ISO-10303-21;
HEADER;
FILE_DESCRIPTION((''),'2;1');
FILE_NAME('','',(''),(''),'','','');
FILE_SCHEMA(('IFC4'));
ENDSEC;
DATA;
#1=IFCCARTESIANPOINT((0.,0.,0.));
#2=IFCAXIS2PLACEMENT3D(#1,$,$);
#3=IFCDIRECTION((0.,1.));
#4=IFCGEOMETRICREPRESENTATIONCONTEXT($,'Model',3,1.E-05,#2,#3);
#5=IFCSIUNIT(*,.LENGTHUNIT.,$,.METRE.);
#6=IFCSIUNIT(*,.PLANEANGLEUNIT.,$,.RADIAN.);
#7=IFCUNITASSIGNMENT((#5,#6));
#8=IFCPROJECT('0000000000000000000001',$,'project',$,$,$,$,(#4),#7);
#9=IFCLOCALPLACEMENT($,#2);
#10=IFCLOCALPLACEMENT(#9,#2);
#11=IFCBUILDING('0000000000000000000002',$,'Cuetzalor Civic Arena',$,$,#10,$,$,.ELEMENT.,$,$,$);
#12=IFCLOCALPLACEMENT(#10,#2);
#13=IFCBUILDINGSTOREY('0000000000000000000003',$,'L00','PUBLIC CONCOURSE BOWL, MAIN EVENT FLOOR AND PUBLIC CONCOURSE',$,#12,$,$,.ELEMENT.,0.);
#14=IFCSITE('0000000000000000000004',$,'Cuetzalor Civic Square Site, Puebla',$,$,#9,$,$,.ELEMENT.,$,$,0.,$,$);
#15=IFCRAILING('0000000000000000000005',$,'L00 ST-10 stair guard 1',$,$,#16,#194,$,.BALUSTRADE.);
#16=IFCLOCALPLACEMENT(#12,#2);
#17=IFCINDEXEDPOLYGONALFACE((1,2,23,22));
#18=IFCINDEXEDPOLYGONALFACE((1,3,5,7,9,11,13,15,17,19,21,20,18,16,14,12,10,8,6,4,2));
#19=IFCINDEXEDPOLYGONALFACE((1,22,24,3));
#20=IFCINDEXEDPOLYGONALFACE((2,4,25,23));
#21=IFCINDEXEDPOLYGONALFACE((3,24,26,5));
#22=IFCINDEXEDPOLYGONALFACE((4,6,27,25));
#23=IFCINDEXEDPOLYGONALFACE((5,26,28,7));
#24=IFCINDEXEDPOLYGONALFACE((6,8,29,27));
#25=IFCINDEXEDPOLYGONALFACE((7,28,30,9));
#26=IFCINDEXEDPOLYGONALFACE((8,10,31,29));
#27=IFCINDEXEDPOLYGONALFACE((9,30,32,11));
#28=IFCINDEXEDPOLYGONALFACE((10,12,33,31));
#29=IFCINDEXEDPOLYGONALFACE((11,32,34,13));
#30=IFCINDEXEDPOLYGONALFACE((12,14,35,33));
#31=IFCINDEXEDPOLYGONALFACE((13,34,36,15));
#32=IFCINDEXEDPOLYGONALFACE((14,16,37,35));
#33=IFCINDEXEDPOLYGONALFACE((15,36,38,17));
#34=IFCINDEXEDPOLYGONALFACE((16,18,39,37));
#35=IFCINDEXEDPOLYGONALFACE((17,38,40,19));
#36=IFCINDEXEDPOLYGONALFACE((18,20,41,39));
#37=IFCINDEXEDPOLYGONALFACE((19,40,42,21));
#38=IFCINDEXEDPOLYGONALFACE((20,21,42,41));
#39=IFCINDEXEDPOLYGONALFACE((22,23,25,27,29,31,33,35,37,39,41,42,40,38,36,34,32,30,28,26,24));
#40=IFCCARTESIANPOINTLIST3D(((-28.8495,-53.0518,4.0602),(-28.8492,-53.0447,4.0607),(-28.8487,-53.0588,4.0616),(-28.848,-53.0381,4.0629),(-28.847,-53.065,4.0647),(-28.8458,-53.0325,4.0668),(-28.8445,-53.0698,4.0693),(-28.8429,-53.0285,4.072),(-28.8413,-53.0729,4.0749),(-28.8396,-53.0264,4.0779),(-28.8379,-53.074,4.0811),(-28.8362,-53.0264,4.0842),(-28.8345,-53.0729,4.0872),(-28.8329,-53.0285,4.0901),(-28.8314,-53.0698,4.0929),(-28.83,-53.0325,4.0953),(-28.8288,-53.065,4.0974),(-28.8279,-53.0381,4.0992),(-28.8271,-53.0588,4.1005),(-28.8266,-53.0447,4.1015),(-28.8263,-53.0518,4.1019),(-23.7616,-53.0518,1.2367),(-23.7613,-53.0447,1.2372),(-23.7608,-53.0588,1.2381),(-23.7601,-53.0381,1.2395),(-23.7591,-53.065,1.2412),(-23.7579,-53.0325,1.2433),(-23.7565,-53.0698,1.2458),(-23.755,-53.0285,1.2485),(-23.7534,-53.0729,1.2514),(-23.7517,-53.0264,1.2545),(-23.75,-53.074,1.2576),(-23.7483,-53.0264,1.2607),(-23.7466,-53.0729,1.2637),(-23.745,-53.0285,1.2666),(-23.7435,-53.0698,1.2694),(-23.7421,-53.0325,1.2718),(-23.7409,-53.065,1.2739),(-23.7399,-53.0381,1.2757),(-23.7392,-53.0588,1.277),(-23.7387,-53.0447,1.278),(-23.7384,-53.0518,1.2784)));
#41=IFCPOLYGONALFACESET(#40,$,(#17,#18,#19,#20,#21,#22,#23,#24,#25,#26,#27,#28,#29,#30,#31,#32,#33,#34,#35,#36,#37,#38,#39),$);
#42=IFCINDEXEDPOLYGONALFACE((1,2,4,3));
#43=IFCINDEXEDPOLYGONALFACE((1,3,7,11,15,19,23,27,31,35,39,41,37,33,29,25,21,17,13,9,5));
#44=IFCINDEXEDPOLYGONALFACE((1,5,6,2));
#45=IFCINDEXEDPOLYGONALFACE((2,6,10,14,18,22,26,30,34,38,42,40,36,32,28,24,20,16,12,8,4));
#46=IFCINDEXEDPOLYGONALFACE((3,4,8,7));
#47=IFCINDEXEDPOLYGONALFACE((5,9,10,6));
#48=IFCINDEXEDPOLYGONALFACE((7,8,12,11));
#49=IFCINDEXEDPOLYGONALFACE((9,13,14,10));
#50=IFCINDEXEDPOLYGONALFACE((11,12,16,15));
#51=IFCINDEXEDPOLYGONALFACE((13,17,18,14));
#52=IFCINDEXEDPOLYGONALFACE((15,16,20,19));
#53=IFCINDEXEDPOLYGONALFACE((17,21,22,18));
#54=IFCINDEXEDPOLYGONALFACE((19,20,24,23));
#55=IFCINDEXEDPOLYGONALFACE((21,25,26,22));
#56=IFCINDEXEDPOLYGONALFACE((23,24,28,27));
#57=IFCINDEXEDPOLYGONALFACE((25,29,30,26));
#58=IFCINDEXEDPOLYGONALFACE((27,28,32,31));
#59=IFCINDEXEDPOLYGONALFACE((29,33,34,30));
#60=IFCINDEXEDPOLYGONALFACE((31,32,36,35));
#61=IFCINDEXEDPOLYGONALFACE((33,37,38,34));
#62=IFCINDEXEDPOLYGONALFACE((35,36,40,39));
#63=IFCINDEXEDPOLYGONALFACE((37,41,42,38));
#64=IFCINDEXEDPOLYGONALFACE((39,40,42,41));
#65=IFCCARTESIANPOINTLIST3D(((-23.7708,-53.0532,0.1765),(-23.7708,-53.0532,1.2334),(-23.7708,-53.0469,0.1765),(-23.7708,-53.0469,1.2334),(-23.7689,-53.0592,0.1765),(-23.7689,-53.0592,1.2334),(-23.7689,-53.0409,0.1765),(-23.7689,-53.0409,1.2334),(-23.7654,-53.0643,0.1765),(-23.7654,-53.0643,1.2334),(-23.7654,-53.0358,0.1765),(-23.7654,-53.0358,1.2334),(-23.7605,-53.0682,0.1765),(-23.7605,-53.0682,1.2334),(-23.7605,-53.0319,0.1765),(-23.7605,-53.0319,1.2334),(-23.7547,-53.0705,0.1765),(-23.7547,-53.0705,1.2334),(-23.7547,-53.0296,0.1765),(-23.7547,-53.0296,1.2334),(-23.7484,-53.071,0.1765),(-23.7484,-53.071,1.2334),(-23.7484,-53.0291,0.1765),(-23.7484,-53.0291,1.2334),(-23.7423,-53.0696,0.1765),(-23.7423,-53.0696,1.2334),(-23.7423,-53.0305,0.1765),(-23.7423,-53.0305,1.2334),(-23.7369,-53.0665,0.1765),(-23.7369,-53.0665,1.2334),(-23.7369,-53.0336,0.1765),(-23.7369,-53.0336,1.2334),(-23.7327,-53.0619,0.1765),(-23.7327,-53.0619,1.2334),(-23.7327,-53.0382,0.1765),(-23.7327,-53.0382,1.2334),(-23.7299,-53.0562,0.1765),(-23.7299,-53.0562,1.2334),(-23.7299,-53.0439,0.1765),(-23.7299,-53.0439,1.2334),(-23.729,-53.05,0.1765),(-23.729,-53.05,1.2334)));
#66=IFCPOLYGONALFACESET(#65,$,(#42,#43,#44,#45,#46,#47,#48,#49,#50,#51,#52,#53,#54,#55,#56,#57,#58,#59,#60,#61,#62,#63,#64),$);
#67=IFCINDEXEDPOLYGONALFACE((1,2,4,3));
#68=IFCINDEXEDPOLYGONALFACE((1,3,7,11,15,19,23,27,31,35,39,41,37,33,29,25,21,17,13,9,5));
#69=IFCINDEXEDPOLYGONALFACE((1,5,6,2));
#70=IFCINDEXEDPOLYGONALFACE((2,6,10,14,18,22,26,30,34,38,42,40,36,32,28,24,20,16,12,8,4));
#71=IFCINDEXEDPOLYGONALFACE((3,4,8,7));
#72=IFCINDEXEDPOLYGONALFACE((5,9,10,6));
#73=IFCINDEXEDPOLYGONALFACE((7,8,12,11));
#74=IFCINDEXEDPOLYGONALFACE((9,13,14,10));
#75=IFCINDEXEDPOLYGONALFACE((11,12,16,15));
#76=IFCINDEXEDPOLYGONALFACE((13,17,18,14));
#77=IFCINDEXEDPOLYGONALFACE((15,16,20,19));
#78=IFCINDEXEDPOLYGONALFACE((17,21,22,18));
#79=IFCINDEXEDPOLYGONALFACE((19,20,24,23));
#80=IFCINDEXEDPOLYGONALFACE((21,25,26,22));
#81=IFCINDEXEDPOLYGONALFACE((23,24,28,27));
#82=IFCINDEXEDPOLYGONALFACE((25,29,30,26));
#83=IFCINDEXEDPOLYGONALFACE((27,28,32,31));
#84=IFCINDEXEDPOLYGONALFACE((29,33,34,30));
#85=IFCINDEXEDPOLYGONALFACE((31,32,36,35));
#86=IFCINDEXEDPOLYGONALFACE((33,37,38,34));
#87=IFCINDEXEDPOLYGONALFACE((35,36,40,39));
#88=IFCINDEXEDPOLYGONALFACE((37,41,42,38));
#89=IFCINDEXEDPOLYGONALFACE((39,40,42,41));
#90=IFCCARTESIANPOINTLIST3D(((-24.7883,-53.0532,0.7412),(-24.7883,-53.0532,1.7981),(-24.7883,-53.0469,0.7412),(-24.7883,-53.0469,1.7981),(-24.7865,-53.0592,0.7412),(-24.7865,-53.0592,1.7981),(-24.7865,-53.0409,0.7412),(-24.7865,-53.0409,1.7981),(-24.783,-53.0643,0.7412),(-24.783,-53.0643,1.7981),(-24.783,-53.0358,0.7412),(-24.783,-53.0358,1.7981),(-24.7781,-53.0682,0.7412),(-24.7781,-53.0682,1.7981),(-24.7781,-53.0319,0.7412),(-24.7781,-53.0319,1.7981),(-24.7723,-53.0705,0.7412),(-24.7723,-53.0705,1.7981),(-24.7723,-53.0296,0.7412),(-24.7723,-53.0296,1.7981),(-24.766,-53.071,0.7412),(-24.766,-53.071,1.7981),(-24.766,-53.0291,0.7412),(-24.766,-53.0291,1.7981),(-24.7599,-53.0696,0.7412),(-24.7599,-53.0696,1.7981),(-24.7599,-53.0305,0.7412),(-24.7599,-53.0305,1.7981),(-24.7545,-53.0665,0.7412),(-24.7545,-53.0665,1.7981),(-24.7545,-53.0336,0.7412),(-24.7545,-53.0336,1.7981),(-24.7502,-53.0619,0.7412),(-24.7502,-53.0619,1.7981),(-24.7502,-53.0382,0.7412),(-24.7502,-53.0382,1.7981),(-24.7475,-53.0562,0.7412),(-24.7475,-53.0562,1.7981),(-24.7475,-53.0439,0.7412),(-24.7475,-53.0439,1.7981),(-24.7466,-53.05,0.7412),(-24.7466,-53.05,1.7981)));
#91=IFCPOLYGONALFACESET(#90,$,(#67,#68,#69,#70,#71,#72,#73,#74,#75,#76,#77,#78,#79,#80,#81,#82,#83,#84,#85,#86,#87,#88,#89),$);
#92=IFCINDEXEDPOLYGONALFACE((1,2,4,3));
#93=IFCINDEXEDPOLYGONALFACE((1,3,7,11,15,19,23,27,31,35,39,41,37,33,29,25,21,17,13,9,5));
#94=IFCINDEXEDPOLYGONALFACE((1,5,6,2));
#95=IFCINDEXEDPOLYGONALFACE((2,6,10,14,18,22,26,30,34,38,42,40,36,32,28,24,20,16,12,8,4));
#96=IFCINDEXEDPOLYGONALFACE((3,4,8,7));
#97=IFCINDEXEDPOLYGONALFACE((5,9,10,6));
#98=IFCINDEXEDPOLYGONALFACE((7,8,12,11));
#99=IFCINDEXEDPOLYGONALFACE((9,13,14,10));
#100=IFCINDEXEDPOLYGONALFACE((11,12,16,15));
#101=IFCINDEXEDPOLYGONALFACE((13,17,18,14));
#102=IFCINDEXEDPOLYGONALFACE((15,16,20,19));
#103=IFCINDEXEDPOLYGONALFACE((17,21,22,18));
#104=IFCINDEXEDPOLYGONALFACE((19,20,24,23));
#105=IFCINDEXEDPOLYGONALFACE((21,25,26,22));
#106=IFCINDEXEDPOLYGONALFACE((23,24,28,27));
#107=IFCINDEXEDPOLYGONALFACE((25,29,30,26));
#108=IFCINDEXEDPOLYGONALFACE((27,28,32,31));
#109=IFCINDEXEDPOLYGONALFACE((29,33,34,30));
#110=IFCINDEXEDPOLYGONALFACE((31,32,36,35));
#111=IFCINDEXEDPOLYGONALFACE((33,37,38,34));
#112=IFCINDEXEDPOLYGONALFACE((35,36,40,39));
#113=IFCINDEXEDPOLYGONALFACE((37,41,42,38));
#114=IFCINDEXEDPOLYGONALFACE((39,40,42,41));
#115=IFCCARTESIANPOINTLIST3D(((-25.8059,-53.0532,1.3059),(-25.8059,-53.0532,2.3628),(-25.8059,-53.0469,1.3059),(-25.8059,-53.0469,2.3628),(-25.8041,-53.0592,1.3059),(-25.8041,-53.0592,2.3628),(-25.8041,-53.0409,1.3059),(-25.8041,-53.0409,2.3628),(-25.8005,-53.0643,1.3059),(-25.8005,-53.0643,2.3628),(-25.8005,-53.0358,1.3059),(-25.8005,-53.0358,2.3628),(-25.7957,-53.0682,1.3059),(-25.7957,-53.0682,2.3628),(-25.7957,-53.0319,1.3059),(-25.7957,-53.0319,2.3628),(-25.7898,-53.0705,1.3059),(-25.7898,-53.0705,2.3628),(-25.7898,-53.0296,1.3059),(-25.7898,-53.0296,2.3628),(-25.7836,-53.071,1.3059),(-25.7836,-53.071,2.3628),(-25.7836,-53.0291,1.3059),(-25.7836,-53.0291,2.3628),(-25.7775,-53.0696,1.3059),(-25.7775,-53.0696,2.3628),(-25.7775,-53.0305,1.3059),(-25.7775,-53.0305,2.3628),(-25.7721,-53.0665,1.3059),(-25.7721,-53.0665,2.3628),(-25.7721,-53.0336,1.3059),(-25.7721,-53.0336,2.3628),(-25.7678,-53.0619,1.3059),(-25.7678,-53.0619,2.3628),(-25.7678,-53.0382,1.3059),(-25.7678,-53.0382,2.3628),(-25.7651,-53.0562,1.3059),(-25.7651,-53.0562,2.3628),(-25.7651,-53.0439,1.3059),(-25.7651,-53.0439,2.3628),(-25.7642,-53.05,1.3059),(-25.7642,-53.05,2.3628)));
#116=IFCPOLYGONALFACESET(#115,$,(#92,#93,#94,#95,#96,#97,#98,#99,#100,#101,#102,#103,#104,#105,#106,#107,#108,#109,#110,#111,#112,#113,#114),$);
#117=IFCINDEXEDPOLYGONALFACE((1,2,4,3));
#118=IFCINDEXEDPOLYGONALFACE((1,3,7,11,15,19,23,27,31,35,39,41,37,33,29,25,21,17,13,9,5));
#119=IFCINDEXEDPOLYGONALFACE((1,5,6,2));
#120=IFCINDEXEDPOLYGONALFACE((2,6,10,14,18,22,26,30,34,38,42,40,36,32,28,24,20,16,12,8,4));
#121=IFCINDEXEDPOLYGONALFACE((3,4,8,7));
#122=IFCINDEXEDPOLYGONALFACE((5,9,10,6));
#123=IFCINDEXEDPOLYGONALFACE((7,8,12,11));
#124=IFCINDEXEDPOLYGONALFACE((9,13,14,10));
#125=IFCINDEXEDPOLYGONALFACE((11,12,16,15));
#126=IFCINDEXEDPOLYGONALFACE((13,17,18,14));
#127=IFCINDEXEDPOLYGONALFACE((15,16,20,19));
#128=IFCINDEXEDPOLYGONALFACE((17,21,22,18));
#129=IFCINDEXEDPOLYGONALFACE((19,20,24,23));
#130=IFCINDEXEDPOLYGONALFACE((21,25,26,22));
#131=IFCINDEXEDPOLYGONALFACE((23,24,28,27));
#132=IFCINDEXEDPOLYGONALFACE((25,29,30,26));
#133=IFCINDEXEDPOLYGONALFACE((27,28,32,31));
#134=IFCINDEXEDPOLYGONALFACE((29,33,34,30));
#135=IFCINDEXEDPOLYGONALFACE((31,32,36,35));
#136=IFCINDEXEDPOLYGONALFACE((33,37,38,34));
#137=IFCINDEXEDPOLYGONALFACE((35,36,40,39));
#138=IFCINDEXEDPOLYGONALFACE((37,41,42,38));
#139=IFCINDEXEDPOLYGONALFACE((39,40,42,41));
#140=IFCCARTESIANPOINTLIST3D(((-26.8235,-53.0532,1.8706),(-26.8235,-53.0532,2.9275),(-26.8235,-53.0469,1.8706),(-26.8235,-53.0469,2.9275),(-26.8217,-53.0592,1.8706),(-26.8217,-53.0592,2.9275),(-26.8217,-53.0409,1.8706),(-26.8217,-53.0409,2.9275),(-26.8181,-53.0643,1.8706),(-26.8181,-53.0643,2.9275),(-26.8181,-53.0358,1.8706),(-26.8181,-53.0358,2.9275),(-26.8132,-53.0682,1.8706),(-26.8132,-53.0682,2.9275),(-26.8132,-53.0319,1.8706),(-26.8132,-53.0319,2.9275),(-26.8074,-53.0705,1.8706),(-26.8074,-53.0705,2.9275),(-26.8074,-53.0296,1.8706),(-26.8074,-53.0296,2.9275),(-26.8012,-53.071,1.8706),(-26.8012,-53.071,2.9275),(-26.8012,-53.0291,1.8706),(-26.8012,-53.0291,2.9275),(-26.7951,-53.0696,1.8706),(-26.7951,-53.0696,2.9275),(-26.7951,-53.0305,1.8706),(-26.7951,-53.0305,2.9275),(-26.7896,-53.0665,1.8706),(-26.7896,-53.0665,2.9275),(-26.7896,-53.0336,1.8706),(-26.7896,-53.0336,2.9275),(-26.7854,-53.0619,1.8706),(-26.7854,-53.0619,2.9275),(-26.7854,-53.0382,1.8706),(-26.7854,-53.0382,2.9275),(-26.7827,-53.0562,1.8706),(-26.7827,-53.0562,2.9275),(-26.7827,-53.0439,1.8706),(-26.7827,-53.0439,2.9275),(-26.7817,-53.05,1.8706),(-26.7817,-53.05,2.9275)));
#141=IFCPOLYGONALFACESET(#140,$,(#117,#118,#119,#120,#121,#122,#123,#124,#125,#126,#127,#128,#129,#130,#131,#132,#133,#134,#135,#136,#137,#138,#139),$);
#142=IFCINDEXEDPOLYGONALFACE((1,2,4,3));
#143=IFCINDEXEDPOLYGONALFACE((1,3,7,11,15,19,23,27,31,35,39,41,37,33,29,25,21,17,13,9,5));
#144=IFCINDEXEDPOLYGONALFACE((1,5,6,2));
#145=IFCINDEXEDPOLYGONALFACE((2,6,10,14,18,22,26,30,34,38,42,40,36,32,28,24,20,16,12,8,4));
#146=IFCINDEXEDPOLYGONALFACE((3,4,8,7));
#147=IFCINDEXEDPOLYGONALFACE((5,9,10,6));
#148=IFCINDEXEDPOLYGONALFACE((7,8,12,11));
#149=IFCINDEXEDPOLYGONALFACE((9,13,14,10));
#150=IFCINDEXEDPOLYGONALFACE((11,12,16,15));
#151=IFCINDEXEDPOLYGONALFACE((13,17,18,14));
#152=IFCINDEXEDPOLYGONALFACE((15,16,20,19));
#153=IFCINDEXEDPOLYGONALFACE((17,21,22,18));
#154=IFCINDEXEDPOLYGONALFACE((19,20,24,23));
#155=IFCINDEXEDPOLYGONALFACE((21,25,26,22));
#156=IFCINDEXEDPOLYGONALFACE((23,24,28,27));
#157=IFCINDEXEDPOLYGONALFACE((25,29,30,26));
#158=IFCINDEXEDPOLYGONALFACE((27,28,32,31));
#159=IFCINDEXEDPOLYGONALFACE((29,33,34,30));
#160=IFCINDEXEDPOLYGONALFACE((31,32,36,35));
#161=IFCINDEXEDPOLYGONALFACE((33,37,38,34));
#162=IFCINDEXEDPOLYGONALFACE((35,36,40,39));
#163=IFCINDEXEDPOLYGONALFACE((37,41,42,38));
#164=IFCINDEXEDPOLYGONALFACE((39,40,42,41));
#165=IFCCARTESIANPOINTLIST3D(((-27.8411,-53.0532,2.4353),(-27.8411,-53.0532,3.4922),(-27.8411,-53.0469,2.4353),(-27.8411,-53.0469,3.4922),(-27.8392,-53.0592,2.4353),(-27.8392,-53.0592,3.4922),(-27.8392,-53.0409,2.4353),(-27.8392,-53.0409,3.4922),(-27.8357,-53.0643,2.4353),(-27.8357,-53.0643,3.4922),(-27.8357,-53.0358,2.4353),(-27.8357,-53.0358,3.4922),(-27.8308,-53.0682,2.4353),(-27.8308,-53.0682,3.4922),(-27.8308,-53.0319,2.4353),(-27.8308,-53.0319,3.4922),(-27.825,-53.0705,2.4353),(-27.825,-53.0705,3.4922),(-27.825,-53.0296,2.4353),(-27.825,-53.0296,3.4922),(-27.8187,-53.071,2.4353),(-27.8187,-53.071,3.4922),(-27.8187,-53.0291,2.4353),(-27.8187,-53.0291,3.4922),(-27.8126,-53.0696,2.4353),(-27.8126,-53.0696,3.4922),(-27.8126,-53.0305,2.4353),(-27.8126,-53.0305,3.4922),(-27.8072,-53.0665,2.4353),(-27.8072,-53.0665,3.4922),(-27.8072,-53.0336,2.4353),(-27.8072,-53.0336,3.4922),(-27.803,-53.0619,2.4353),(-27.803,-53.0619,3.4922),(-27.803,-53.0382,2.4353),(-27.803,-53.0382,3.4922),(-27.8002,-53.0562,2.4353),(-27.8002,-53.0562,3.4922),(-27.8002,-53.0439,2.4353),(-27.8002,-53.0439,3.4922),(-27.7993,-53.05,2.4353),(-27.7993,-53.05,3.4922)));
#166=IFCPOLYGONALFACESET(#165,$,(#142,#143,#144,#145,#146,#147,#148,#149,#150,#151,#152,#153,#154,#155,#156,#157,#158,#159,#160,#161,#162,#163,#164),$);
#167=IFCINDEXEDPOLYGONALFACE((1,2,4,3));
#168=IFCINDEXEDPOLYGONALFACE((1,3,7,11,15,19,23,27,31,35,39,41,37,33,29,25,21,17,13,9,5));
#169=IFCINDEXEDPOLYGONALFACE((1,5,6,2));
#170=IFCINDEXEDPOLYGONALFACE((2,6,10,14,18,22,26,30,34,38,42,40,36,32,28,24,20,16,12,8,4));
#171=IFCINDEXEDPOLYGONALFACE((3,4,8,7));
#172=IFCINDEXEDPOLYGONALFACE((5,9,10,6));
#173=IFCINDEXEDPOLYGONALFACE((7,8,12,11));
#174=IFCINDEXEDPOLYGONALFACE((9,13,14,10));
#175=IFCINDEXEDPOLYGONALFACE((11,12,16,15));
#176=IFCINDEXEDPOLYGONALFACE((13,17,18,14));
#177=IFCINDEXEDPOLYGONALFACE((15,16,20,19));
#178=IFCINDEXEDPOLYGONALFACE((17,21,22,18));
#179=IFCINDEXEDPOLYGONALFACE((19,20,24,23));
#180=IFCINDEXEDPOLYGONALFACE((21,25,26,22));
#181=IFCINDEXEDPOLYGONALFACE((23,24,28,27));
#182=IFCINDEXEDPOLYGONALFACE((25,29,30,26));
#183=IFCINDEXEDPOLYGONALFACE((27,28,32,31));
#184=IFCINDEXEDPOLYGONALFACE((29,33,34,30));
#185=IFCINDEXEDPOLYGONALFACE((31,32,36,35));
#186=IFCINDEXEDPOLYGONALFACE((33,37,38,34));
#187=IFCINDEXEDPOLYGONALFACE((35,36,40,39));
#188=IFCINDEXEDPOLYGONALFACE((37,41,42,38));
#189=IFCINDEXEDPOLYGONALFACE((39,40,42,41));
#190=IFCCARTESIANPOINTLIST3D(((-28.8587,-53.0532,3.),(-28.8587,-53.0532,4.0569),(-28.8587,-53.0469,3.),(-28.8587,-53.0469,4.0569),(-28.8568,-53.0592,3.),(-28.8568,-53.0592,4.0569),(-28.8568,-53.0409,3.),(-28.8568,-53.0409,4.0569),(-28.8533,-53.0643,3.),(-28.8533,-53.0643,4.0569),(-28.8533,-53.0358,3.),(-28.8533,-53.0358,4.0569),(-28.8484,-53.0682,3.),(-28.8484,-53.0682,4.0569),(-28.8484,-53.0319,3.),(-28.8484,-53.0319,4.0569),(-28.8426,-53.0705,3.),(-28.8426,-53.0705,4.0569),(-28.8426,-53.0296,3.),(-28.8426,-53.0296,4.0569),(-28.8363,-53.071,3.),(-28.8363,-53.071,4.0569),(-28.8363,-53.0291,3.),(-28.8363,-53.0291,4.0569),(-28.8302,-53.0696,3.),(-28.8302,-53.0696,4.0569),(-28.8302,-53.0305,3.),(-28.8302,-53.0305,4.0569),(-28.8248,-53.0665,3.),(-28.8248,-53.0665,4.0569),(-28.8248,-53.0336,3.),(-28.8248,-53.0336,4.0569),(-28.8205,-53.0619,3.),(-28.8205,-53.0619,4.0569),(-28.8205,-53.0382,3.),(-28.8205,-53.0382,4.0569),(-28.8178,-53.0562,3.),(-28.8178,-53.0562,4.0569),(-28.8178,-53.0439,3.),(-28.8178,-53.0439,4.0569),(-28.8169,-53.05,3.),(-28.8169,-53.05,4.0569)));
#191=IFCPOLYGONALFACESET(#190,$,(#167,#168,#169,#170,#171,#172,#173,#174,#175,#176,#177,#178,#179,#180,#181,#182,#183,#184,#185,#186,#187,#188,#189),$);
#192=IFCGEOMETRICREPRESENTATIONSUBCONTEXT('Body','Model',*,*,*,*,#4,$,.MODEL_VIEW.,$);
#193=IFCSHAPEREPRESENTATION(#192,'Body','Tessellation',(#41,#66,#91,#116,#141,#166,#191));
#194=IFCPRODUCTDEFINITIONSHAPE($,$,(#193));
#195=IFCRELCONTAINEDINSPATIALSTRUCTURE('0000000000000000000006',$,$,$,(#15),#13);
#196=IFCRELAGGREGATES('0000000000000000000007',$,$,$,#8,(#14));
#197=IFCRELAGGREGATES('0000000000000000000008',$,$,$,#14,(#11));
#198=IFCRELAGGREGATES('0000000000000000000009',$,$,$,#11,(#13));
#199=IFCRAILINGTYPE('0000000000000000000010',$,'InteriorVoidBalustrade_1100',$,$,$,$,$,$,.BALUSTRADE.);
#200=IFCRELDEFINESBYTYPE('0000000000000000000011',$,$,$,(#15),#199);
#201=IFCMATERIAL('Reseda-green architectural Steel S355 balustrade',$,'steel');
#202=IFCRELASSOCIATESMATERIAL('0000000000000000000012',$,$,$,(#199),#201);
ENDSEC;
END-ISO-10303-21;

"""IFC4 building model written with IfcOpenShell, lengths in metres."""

from ifc_helpers import new_model, si_unit, direction, frame, origin, origin_2d, place, context, subcontext, project, spatial, circle, extrude, material, type_object, element, save


model = new_model("IFC4")

# Units and contexts
model_context = context("Model", 3, precision=1e-05, world=origin(), true_north=direction((0.0, 1.0)))
body_context = subcontext(model_context, "Body", "Model", "MODEL_VIEW")
ifc_project = project(units=[si_unit("LENGTHUNIT", "METRE"), si_unit("PLANEANGLEUNIT", "RADIAN")], contexts=[model_context])

# Site, building, storey
site_placement = place(None, origin())
site = spatial("IfcSite", under=ifc_project, at=site_placement, Name="Cuetzalor Civic Square Site, Puebla", CompositionType="ELEMENT", RefElevation=0.0)
building_placement = place(site_placement, origin())
building = spatial("IfcBuilding", under=site, at=building_placement, Name="Cuetzalor Civic Arena", CompositionType="ELEMENT")
storey_placement = place(building_placement, origin())
storey = spatial("IfcBuildingStorey", under=building, at=storey_placement, Name="L00", Description="PUBLIC CONCOURSE BOWL, MAIN EVENT FLOOR AND PUBLIC CONCOURSE", CompositionType="ELEMENT", Elevation=0.0)

# Railing
ifc_material_1 = material(Name="Reseda-green architectural Steel S355 balustrade", Category="steel")
railing_type_1 = type_object("IfcRailingType", Name="InteriorVoidBalustrade_1100", PredefinedType="BALUSTRADE", material=ifc_material_1)
railing_1_placement = place(storey_placement, frame((-23.75, -53.05, 0.1765)))
element("IfcRailing", 1, at=railing_1_placement, inside=storey, type_object=railing_type_1, Name="L00 ST-10 stair guard 1", PredefinedType="BALUSTRADE", context=body_context, shape_type="SweptSolid", body=[
    extrude(circle(Radius=0.0239, at=origin_2d()), frame((0.0, 0.0, 1.0811), z_axis=(-0.874385, 0.0, 0.485233), x_axis=(0.0, -1.0, 0.0)), (0.0, 0.0, 1.0), 5.8188),
    extrude(circle(Radius=0.021, at=origin_2d()), origin(), (0.0, 0.0, 1.0), 1.0569),
    extrude(circle(Radius=0.021, at=origin_2d()), frame((-1.0176, 0.0, 0.5647)), (0.0, 0.0, 1.0), 1.0569),
    extrude(circle(Radius=0.021, at=origin_2d()), frame((-2.0352, 0.0, 1.1294)), (0.0, 0.0, 1.0), 1.0569),
    extrude(circle(Radius=0.021, at=origin_2d()), frame((-3.0527, 0.0, 1.6941)), (0.0, 0.0, 1.0), 1.0569),
    extrude(circle(Radius=0.021, at=origin_2d()), frame((-4.0703, 0.0, 2.2588)), (0.0, 0.0, 1.0), 1.0569),
    extrude(circle(Radius=0.021, at=origin_2d()), frame((-5.0879, 0.0, 2.8235)), (0.0, 0.0, 1.0), 1.0569),
])

save(model, "model.ifc")
